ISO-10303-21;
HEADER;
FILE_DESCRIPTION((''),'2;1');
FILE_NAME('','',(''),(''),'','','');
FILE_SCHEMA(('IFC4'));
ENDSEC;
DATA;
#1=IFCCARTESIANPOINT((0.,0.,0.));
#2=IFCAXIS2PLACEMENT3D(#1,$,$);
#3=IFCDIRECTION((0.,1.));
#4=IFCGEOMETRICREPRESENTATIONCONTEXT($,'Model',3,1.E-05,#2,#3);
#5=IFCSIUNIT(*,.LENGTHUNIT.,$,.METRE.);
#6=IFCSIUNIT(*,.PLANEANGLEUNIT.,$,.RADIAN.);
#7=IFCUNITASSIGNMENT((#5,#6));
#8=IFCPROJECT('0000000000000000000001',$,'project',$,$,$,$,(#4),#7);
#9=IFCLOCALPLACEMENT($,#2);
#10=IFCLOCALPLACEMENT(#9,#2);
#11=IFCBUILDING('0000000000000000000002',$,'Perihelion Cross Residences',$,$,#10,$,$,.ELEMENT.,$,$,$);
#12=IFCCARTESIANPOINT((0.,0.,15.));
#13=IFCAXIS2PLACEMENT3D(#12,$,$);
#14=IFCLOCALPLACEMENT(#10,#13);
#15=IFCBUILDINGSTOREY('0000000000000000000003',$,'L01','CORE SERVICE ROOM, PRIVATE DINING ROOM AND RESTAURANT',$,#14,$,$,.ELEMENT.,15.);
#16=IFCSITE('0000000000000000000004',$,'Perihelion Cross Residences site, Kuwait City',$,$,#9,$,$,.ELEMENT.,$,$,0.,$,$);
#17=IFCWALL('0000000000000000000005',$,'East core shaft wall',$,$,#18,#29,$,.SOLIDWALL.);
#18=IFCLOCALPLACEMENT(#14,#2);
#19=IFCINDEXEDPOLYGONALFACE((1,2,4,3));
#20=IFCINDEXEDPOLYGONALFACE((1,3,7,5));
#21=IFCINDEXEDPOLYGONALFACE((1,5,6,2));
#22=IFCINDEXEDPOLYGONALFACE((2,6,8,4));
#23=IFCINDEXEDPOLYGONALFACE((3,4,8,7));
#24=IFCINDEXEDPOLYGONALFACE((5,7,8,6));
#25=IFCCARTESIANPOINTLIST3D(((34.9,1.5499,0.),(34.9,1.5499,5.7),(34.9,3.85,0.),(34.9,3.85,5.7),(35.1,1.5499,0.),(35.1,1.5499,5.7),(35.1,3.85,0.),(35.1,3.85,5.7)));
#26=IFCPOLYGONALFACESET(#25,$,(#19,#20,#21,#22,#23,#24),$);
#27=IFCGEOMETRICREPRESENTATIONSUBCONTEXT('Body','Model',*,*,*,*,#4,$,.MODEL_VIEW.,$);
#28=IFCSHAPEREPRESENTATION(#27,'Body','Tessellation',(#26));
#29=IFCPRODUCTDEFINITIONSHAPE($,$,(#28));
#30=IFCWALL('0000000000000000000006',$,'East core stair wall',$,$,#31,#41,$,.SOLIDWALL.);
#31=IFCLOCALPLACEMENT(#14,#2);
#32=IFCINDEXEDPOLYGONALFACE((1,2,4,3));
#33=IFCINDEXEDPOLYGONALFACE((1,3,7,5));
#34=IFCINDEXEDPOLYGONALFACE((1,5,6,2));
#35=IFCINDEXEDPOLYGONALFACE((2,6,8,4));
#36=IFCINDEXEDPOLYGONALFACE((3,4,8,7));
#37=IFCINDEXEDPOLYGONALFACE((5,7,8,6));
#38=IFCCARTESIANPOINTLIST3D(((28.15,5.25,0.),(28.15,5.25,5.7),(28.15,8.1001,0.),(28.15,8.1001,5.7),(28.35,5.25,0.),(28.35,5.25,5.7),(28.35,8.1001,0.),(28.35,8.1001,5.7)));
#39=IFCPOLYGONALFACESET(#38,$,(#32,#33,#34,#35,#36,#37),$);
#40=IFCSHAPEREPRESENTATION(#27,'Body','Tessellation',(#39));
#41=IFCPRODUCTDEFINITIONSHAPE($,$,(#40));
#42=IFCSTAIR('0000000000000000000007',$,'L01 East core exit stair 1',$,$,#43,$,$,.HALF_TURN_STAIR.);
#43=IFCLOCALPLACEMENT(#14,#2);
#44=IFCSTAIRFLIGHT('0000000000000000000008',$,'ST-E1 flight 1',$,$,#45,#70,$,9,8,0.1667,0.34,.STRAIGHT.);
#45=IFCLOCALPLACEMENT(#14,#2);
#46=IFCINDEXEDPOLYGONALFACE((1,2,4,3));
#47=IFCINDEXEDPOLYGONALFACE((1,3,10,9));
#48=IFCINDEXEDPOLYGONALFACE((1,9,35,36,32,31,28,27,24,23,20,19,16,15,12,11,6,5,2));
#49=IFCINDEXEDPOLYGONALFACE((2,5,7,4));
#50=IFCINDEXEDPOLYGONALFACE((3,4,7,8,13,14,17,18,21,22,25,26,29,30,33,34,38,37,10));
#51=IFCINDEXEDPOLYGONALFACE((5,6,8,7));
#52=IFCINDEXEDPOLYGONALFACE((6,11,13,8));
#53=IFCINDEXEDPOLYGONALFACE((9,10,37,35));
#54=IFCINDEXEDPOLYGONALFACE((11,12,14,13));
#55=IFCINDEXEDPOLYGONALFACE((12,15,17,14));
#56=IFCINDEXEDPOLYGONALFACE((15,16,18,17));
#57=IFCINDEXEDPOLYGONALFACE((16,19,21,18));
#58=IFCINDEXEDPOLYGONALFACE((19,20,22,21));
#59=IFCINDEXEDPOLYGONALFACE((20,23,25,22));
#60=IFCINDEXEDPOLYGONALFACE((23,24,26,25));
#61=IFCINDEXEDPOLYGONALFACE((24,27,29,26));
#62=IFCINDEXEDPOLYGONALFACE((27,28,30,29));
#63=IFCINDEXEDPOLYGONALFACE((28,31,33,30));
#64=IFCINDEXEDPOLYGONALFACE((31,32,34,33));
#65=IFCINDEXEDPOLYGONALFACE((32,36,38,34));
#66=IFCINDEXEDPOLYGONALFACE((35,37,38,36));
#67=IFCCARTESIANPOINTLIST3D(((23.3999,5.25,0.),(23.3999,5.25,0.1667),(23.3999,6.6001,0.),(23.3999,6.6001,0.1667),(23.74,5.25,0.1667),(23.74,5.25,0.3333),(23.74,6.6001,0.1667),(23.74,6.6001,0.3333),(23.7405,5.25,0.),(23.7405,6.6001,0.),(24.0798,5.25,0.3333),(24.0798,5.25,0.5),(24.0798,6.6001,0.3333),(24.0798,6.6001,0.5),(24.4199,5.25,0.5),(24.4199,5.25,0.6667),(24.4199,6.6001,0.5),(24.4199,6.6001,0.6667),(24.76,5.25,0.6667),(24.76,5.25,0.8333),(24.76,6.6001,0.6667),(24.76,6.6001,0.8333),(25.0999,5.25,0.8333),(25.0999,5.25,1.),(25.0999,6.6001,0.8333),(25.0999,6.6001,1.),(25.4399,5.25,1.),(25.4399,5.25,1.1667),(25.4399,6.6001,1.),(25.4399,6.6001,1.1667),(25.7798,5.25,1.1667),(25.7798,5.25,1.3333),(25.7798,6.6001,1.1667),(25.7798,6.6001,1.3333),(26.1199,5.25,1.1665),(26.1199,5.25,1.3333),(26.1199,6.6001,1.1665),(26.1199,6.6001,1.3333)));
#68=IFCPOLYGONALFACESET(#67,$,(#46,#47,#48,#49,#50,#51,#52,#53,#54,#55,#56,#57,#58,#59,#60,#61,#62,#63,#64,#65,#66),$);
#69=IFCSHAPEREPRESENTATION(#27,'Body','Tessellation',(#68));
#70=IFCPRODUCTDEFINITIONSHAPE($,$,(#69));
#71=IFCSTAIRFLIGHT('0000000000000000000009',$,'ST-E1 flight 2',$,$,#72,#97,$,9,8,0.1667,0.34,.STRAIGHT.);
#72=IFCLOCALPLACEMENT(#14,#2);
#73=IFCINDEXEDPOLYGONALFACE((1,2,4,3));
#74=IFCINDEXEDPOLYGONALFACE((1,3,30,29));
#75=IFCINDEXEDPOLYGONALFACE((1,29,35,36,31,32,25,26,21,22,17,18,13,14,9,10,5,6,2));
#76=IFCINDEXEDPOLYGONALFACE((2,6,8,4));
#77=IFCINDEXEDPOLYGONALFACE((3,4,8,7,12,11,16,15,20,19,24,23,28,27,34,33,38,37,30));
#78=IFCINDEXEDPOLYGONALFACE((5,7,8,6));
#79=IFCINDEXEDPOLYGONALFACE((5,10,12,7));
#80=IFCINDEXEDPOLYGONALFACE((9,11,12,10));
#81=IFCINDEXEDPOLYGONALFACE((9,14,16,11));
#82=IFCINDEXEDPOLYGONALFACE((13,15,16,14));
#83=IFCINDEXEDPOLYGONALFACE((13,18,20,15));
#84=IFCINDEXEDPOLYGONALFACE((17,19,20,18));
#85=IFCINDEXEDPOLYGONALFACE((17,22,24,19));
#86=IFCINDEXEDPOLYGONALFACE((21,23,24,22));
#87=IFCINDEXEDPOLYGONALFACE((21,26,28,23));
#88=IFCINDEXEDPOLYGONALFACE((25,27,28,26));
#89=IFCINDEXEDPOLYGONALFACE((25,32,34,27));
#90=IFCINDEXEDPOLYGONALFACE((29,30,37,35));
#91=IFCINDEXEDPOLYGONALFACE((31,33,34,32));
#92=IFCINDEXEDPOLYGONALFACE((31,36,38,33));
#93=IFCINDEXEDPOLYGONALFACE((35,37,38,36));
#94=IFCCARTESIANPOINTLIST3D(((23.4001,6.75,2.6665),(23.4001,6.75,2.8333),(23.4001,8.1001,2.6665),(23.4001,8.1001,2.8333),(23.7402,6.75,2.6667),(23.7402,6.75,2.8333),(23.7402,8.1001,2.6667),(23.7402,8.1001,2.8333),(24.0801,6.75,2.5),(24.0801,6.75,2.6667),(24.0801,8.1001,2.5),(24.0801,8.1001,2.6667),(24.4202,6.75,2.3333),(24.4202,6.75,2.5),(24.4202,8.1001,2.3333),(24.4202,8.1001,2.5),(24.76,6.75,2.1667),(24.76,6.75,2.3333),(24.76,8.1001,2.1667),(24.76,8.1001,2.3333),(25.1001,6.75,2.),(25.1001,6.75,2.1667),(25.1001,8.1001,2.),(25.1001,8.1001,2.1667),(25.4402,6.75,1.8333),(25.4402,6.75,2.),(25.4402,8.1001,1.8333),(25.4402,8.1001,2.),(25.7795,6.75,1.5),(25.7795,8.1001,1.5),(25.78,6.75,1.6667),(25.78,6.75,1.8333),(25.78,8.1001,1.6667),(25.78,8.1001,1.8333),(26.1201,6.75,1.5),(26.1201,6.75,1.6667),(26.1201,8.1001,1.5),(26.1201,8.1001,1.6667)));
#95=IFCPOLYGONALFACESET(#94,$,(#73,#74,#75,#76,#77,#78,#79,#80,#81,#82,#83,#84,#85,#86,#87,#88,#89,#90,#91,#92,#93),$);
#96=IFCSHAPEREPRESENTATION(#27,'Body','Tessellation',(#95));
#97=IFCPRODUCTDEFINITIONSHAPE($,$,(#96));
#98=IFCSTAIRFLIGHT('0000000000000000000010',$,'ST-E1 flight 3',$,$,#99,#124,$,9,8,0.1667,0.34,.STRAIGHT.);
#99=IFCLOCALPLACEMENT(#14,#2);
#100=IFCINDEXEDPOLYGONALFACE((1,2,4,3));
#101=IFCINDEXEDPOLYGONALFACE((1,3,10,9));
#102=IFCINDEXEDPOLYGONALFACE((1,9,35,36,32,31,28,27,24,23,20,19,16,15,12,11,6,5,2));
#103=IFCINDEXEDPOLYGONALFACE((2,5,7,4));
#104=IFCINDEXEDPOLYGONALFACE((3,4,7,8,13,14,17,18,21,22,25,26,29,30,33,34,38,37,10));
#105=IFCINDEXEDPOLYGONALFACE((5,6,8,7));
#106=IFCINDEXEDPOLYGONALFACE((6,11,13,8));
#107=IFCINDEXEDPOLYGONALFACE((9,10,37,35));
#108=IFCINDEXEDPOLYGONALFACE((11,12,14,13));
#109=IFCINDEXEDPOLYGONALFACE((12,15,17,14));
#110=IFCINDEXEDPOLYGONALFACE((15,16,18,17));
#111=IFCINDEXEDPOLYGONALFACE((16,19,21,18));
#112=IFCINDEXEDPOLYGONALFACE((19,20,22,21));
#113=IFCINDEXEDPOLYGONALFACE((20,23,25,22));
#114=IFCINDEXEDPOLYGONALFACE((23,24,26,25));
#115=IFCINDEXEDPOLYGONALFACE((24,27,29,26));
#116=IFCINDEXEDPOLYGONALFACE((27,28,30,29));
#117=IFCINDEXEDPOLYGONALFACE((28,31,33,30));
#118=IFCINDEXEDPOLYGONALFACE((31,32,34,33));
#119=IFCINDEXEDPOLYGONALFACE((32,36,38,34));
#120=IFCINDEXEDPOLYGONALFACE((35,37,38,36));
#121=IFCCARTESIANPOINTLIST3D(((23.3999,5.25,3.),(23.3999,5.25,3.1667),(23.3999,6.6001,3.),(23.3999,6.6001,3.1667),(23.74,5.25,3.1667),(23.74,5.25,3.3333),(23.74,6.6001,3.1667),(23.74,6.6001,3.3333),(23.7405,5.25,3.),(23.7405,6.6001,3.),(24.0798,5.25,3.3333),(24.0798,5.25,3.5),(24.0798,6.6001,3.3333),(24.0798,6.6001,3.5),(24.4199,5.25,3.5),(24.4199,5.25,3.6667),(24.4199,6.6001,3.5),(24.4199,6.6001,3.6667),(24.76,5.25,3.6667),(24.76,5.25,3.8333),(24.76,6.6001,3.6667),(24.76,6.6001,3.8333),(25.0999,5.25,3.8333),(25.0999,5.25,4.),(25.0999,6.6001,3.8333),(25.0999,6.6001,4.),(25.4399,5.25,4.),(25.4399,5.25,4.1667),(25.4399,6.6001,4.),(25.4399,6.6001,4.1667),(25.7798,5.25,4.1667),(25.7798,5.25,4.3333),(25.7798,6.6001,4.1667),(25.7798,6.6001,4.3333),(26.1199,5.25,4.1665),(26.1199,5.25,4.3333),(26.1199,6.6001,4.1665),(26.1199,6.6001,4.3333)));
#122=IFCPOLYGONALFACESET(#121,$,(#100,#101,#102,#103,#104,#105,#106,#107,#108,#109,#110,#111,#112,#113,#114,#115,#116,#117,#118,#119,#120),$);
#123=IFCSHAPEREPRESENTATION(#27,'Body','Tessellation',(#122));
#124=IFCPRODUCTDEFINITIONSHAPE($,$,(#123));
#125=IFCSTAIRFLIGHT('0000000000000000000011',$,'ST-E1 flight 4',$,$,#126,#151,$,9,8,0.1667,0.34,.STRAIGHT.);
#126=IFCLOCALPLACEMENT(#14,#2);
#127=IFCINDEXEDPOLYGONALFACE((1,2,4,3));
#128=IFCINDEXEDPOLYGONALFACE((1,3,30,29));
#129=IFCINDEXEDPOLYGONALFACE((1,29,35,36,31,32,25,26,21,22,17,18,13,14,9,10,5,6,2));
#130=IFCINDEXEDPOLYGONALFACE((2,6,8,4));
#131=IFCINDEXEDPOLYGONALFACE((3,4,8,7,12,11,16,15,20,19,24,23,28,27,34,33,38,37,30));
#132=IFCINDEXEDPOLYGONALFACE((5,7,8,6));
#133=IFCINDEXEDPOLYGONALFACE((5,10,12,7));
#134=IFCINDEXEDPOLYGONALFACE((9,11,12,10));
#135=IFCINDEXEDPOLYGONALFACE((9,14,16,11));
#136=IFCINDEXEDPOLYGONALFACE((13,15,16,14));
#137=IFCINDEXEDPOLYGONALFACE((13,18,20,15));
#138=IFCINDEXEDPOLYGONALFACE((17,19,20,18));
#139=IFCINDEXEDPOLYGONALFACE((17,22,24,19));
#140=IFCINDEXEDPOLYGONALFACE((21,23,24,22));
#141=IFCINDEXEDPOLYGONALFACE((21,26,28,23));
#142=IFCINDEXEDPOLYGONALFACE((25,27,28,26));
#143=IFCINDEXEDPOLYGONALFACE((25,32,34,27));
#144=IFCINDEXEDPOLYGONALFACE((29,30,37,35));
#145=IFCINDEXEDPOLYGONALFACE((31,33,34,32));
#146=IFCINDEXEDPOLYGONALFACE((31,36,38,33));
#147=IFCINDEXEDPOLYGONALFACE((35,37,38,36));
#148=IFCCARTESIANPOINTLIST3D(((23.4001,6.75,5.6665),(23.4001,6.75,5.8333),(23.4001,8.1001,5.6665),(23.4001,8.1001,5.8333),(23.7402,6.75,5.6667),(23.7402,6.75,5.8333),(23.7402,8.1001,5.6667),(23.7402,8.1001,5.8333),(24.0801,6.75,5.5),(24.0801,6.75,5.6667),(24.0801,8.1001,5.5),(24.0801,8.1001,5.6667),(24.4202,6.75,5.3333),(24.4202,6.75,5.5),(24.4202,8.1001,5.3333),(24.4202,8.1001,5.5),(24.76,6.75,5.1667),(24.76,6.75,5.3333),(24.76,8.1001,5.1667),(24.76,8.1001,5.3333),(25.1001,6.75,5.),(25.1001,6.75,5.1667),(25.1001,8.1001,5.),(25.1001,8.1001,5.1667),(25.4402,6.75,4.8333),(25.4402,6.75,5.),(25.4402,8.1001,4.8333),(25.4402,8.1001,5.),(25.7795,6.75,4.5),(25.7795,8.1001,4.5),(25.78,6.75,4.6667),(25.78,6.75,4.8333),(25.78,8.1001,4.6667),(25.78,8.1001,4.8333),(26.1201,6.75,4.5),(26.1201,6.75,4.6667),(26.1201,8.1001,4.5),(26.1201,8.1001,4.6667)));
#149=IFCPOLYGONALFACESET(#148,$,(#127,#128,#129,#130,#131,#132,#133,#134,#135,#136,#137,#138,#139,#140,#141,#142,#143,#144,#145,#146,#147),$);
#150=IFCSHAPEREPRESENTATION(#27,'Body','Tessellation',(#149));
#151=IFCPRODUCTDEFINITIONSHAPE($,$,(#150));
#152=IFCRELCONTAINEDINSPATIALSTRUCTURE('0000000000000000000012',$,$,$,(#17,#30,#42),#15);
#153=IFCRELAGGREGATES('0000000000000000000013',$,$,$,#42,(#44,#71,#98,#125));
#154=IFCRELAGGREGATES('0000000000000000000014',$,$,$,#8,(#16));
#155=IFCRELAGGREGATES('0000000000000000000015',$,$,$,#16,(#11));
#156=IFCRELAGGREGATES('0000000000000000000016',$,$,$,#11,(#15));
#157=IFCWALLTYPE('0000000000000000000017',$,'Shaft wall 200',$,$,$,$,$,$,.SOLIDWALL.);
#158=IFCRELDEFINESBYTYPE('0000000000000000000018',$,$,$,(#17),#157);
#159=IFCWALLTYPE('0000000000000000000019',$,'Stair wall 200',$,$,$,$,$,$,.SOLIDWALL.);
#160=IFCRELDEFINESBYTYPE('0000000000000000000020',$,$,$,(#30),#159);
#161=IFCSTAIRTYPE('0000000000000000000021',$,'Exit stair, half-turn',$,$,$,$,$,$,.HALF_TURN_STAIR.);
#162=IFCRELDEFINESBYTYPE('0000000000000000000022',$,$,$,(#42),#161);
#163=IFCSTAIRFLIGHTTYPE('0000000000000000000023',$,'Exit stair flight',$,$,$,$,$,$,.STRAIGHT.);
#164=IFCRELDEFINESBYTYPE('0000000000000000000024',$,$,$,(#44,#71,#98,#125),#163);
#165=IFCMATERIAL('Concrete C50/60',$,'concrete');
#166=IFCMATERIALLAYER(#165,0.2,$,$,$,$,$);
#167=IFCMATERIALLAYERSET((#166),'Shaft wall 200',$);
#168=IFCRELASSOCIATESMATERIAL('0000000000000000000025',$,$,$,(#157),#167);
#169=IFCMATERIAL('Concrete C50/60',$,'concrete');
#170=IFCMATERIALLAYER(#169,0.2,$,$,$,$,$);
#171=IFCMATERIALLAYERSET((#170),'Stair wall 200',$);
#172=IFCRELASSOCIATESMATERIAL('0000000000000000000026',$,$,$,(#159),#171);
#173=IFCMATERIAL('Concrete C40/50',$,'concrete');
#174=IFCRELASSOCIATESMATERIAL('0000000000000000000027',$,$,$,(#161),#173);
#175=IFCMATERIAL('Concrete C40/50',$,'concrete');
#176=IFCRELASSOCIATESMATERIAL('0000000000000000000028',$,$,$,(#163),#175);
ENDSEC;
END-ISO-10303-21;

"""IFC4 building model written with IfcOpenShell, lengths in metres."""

from ifc_helpers import new_model, si_unit, direction, frame, frame_2d, origin, place, context, subcontext, project, spatial, polyline, rectangle, outline, extrude, material, layer, layer_set, type_object, element, aggregate, save


model = new_model("IFC4")

# Units and contexts
model_context = context("Model", 3, precision=1e-05, world=origin(), true_north=direction((0.0, 1.0)))
body_context = subcontext(model_context, "Body", "Model", "MODEL_VIEW")
ifc_project = project(units=[si_unit("LENGTHUNIT", "METRE"), si_unit("PLANEANGLEUNIT", "RADIAN")], contexts=[model_context])

# Site, building, storey
site_placement = place(None, origin())
site = spatial("IfcSite", under=ifc_project, at=site_placement, Name="Perihelion Cross Residences site, Kuwait City", CompositionType="ELEMENT", RefElevation=0.0)
building_placement = place(site_placement, origin())
building = spatial("IfcBuilding", under=site, at=building_placement, Name="Perihelion Cross Residences", CompositionType="ELEMENT")
storey_placement = place(building_placement, frame((0.0, 0.0, 15.0)))
storey = spatial("IfcBuildingStorey", under=building, at=storey_placement, Name="L01", Description="CORE SERVICE ROOM, PRIVATE DINING ROOM AND RESTAURANT", CompositionType="ELEMENT", Elevation=15.0)

# Shared definitions
ifc_material_1 = material(Name="Concrete C50/60", Category="concrete")
ifc_layer_1 = layer(ifc_material_1, 0.2)
ifc_layer_set_1 = layer_set([ifc_layer_1], Name="Shaft wall 200")
wall_type_1 = type_object("IfcWallType", Name="Shaft wall 200", PredefinedType="SOLIDWALL", material=ifc_layer_set_1)

# Walls
for number, where, z_axis, x_axis, name in (
    (1, (35.0, 1.55, 0.0), (0.0, 0.0, 1.0), (0.0, 1.0, 0.0), "East core shaft wall"),
):
    element("IfcWall", number, at=place(storey_placement, frame(where, z_axis=z_axis, x_axis=x_axis)), inside=storey, type_object=wall_type_1, Name=name, PredefinedType="SOLIDWALL", context=body_context, shape_type="SweptSolid", body=[
        extrude(rectangle(XDim=2.3, YDim=0.2, at=frame_2d((1.1499, 0.0))), origin(), (0.0, 0.0, 1.0), 5.7),
    ])
ifc_material_2 = material(Name="Concrete C50/60", Category="concrete")
ifc_layer_2 = layer(ifc_material_2, 0.2)
ifc_layer_set_2 = layer_set([ifc_layer_2], Name="Stair wall 200")
wall_type_2 = type_object("IfcWallType", Name="Stair wall 200", PredefinedType="SOLIDWALL", material=ifc_layer_set_2)
wall_1_placement = place(storey_placement, frame((28.25, 5.25, 0.0), z_axis=(0.0, 0.0, 1.0), x_axis=(0.0, 1.0, 0.0)))
element("IfcWall", 2, at=wall_1_placement, inside=storey, type_object=wall_type_2, Name="East core stair wall", PredefinedType="SOLIDWALL", context=body_context, shape_type="SweptSolid", body=[
    extrude(rectangle(XDim=2.8501, YDim=0.2, at=frame_2d((1.425, 0.0))), origin(), (0.0, 0.0, 1.0), 5.7),
])

# Stair, stair flights
ifc_material_3 = material(Name="Concrete C40/50", Category="concrete")
stair_type = type_object("IfcStairType", Name="Exit stair, half-turn", PredefinedType="HALF_TURN_STAIR", material=ifc_material_3)
stair_placement = place(storey_placement, origin())
stair = element("IfcStair", 3, at=stair_placement, inside=storey, type_object=stair_type, Name="L01 East core exit stair 1", PredefinedType="HALF_TURN_STAIR")
ifc_material_4 = material(Name="Concrete C40/50", Category="concrete")
stair_flight_type = type_object("IfcStairFlightType", Name="Exit stair flight", PredefinedType="STRAIGHT", material=ifc_material_4)
stair_flight_1_placement = place(storey_placement, frame((23.3999, 5.925, 0.0), z_axis=(0.0, 0.0, 1.0), x_axis=(1.0, 0.0, 0.0)))
stair_flight_1 = element("IfcStairFlight", 4, at=stair_flight_1_placement, type_object=stair_flight_type, Name="ST-E1 flight 1", NumberOfRisers=9, NumberOfTreads=8, PredefinedType="STRAIGHT", RiserHeight=0.1667, TreadLength=0.34, context=body_context, shape_type="SweptSolid", body=[
    extrude(outline(polyline([(0.0, 0.0), (0.0, 0.1667), (0.3401, 0.1667), (0.3401, 0.3333), (0.6799, 0.3333), (0.6799, 0.5), (1.02, 0.5), (1.02, 0.6667), (1.3601, 0.6667), (1.3601, 0.8333), (1.7, 0.8333), (1.7, 1.0), (2.04, 1.0), (2.04, 1.1667), (2.3799, 1.1667), (2.3799, 1.3333), (2.72, 1.3333), (2.72, 1.5), (2.72, 1.1665), (0.3406, 0.0), (0.0, 0.0)])), frame((0.0, 0.675, 0.0), z_axis=(0.0, -1.0, 0.0), x_axis=(1.0, 0.0, 0.0)), (0.0, 0.0, 1.0), 1.3501),
])
stair_flight_2_placement = place(storey_placement, frame((26.1201, 7.425, 1.5), z_axis=(0.0, 0.0, 1.0), x_axis=(-1.0, 0.0, 0.0)))
stair_flight_2 = element("IfcStairFlight", 5, at=stair_flight_2_placement, type_object=stair_flight_type, Name="ST-E1 flight 2", NumberOfRisers=9, NumberOfTreads=8, PredefinedType="STRAIGHT", RiserHeight=0.1667, TreadLength=0.34, context=body_context, shape_type="SweptSolid", body=[
    extrude(outline(polyline([(0.0, 0.0), (0.0, 0.1667), (0.3401, 0.1667), (0.3401, 0.3333), (0.6799, 0.3333), (0.6799, 0.5), (1.02, 0.5), (1.02, 0.6667), (1.3601, 0.6667), (1.3601, 0.8333), (1.7, 0.8333), (1.7, 1.0), (2.04, 1.0), (2.04, 1.1667), (2.3799, 1.1667), (2.3799, 1.3333), (2.72, 1.3333), (2.72, 1.5), (2.72, 1.1665), (0.3406, 0.0), (0.0, 0.0)])), frame((0.0, 0.675, 0.0), z_axis=(0.0, -1.0, 0.0), x_axis=(1.0, 0.0, 0.0)), (0.0, 0.0, 1.0), 1.3501),
])
stair_flight_3_placement = place(storey_placement, frame((23.3999, 5.925, 3.0), z_axis=(0.0, 0.0, 1.0), x_axis=(1.0, 0.0, 0.0)))
stair_flight_3 = element("IfcStairFlight", 6, at=stair_flight_3_placement, type_object=stair_flight_type, Name="ST-E1 flight 3", NumberOfRisers=9, NumberOfTreads=8, PredefinedType="STRAIGHT", RiserHeight=0.1667, TreadLength=0.34, context=body_context, shape_type="SweptSolid", body=[
    extrude(outline(polyline([(0.0, 0.0), (0.0, 0.1667), (0.3401, 0.1667), (0.3401, 0.3333), (0.6799, 0.3333), (0.6799, 0.5), (1.02, 0.5), (1.02, 0.6667), (1.3601, 0.6667), (1.3601, 0.8333), (1.7, 0.8333), (1.7, 1.0), (2.04, 1.0), (2.04, 1.1667), (2.3799, 1.1667), (2.3799, 1.3333), (2.72, 1.3333), (2.72, 1.5), (2.72, 1.1665), (0.3406, 0.0), (0.0, 0.0)])), frame((0.0, 0.675, 0.0), z_axis=(0.0, -1.0, 0.0), x_axis=(1.0, 0.0, 0.0)), (0.0, 0.0, 1.0), 1.3501),
])
stair_flight_4_placement = place(storey_placement, frame((26.1201, 7.425, 4.5), z_axis=(0.0, 0.0, 1.0), x_axis=(-1.0, 0.0, 0.0)))
stair_flight_4 = element("IfcStairFlight", 7, at=stair_flight_4_placement, type_object=stair_flight_type, Name="ST-E1 flight 4", NumberOfRisers=9, NumberOfTreads=8, PredefinedType="STRAIGHT", RiserHeight=0.1667, TreadLength=0.34, context=body_context, shape_type="SweptSolid", body=[
    extrude(outline(polyline([(0.0, 0.0), (0.0, 0.1667), (0.3401, 0.1667), (0.3401, 0.3333), (0.6799, 0.3333), (0.6799, 0.5), (1.02, 0.5), (1.02, 0.6667), (1.3601, 0.6667), (1.3601, 0.8333), (1.7, 0.8333), (1.7, 1.0), (2.04, 1.0), (2.04, 1.1667), (2.3799, 1.1667), (2.3799, 1.3333), (2.72, 1.3333), (2.72, 1.5), (2.72, 1.1665), (0.3406, 0.0), (0.0, 0.0)])), frame((0.0, 0.675, 0.0), z_axis=(0.0, -1.0, 0.0), x_axis=(1.0, 0.0, 0.0)), (0.0, 0.0, 1.0), 1.3501),
])
aggregate(stair, [stair_flight_1, stair_flight_2, stair_flight_3, stair_flight_4])

save(model, "model.ifc")
